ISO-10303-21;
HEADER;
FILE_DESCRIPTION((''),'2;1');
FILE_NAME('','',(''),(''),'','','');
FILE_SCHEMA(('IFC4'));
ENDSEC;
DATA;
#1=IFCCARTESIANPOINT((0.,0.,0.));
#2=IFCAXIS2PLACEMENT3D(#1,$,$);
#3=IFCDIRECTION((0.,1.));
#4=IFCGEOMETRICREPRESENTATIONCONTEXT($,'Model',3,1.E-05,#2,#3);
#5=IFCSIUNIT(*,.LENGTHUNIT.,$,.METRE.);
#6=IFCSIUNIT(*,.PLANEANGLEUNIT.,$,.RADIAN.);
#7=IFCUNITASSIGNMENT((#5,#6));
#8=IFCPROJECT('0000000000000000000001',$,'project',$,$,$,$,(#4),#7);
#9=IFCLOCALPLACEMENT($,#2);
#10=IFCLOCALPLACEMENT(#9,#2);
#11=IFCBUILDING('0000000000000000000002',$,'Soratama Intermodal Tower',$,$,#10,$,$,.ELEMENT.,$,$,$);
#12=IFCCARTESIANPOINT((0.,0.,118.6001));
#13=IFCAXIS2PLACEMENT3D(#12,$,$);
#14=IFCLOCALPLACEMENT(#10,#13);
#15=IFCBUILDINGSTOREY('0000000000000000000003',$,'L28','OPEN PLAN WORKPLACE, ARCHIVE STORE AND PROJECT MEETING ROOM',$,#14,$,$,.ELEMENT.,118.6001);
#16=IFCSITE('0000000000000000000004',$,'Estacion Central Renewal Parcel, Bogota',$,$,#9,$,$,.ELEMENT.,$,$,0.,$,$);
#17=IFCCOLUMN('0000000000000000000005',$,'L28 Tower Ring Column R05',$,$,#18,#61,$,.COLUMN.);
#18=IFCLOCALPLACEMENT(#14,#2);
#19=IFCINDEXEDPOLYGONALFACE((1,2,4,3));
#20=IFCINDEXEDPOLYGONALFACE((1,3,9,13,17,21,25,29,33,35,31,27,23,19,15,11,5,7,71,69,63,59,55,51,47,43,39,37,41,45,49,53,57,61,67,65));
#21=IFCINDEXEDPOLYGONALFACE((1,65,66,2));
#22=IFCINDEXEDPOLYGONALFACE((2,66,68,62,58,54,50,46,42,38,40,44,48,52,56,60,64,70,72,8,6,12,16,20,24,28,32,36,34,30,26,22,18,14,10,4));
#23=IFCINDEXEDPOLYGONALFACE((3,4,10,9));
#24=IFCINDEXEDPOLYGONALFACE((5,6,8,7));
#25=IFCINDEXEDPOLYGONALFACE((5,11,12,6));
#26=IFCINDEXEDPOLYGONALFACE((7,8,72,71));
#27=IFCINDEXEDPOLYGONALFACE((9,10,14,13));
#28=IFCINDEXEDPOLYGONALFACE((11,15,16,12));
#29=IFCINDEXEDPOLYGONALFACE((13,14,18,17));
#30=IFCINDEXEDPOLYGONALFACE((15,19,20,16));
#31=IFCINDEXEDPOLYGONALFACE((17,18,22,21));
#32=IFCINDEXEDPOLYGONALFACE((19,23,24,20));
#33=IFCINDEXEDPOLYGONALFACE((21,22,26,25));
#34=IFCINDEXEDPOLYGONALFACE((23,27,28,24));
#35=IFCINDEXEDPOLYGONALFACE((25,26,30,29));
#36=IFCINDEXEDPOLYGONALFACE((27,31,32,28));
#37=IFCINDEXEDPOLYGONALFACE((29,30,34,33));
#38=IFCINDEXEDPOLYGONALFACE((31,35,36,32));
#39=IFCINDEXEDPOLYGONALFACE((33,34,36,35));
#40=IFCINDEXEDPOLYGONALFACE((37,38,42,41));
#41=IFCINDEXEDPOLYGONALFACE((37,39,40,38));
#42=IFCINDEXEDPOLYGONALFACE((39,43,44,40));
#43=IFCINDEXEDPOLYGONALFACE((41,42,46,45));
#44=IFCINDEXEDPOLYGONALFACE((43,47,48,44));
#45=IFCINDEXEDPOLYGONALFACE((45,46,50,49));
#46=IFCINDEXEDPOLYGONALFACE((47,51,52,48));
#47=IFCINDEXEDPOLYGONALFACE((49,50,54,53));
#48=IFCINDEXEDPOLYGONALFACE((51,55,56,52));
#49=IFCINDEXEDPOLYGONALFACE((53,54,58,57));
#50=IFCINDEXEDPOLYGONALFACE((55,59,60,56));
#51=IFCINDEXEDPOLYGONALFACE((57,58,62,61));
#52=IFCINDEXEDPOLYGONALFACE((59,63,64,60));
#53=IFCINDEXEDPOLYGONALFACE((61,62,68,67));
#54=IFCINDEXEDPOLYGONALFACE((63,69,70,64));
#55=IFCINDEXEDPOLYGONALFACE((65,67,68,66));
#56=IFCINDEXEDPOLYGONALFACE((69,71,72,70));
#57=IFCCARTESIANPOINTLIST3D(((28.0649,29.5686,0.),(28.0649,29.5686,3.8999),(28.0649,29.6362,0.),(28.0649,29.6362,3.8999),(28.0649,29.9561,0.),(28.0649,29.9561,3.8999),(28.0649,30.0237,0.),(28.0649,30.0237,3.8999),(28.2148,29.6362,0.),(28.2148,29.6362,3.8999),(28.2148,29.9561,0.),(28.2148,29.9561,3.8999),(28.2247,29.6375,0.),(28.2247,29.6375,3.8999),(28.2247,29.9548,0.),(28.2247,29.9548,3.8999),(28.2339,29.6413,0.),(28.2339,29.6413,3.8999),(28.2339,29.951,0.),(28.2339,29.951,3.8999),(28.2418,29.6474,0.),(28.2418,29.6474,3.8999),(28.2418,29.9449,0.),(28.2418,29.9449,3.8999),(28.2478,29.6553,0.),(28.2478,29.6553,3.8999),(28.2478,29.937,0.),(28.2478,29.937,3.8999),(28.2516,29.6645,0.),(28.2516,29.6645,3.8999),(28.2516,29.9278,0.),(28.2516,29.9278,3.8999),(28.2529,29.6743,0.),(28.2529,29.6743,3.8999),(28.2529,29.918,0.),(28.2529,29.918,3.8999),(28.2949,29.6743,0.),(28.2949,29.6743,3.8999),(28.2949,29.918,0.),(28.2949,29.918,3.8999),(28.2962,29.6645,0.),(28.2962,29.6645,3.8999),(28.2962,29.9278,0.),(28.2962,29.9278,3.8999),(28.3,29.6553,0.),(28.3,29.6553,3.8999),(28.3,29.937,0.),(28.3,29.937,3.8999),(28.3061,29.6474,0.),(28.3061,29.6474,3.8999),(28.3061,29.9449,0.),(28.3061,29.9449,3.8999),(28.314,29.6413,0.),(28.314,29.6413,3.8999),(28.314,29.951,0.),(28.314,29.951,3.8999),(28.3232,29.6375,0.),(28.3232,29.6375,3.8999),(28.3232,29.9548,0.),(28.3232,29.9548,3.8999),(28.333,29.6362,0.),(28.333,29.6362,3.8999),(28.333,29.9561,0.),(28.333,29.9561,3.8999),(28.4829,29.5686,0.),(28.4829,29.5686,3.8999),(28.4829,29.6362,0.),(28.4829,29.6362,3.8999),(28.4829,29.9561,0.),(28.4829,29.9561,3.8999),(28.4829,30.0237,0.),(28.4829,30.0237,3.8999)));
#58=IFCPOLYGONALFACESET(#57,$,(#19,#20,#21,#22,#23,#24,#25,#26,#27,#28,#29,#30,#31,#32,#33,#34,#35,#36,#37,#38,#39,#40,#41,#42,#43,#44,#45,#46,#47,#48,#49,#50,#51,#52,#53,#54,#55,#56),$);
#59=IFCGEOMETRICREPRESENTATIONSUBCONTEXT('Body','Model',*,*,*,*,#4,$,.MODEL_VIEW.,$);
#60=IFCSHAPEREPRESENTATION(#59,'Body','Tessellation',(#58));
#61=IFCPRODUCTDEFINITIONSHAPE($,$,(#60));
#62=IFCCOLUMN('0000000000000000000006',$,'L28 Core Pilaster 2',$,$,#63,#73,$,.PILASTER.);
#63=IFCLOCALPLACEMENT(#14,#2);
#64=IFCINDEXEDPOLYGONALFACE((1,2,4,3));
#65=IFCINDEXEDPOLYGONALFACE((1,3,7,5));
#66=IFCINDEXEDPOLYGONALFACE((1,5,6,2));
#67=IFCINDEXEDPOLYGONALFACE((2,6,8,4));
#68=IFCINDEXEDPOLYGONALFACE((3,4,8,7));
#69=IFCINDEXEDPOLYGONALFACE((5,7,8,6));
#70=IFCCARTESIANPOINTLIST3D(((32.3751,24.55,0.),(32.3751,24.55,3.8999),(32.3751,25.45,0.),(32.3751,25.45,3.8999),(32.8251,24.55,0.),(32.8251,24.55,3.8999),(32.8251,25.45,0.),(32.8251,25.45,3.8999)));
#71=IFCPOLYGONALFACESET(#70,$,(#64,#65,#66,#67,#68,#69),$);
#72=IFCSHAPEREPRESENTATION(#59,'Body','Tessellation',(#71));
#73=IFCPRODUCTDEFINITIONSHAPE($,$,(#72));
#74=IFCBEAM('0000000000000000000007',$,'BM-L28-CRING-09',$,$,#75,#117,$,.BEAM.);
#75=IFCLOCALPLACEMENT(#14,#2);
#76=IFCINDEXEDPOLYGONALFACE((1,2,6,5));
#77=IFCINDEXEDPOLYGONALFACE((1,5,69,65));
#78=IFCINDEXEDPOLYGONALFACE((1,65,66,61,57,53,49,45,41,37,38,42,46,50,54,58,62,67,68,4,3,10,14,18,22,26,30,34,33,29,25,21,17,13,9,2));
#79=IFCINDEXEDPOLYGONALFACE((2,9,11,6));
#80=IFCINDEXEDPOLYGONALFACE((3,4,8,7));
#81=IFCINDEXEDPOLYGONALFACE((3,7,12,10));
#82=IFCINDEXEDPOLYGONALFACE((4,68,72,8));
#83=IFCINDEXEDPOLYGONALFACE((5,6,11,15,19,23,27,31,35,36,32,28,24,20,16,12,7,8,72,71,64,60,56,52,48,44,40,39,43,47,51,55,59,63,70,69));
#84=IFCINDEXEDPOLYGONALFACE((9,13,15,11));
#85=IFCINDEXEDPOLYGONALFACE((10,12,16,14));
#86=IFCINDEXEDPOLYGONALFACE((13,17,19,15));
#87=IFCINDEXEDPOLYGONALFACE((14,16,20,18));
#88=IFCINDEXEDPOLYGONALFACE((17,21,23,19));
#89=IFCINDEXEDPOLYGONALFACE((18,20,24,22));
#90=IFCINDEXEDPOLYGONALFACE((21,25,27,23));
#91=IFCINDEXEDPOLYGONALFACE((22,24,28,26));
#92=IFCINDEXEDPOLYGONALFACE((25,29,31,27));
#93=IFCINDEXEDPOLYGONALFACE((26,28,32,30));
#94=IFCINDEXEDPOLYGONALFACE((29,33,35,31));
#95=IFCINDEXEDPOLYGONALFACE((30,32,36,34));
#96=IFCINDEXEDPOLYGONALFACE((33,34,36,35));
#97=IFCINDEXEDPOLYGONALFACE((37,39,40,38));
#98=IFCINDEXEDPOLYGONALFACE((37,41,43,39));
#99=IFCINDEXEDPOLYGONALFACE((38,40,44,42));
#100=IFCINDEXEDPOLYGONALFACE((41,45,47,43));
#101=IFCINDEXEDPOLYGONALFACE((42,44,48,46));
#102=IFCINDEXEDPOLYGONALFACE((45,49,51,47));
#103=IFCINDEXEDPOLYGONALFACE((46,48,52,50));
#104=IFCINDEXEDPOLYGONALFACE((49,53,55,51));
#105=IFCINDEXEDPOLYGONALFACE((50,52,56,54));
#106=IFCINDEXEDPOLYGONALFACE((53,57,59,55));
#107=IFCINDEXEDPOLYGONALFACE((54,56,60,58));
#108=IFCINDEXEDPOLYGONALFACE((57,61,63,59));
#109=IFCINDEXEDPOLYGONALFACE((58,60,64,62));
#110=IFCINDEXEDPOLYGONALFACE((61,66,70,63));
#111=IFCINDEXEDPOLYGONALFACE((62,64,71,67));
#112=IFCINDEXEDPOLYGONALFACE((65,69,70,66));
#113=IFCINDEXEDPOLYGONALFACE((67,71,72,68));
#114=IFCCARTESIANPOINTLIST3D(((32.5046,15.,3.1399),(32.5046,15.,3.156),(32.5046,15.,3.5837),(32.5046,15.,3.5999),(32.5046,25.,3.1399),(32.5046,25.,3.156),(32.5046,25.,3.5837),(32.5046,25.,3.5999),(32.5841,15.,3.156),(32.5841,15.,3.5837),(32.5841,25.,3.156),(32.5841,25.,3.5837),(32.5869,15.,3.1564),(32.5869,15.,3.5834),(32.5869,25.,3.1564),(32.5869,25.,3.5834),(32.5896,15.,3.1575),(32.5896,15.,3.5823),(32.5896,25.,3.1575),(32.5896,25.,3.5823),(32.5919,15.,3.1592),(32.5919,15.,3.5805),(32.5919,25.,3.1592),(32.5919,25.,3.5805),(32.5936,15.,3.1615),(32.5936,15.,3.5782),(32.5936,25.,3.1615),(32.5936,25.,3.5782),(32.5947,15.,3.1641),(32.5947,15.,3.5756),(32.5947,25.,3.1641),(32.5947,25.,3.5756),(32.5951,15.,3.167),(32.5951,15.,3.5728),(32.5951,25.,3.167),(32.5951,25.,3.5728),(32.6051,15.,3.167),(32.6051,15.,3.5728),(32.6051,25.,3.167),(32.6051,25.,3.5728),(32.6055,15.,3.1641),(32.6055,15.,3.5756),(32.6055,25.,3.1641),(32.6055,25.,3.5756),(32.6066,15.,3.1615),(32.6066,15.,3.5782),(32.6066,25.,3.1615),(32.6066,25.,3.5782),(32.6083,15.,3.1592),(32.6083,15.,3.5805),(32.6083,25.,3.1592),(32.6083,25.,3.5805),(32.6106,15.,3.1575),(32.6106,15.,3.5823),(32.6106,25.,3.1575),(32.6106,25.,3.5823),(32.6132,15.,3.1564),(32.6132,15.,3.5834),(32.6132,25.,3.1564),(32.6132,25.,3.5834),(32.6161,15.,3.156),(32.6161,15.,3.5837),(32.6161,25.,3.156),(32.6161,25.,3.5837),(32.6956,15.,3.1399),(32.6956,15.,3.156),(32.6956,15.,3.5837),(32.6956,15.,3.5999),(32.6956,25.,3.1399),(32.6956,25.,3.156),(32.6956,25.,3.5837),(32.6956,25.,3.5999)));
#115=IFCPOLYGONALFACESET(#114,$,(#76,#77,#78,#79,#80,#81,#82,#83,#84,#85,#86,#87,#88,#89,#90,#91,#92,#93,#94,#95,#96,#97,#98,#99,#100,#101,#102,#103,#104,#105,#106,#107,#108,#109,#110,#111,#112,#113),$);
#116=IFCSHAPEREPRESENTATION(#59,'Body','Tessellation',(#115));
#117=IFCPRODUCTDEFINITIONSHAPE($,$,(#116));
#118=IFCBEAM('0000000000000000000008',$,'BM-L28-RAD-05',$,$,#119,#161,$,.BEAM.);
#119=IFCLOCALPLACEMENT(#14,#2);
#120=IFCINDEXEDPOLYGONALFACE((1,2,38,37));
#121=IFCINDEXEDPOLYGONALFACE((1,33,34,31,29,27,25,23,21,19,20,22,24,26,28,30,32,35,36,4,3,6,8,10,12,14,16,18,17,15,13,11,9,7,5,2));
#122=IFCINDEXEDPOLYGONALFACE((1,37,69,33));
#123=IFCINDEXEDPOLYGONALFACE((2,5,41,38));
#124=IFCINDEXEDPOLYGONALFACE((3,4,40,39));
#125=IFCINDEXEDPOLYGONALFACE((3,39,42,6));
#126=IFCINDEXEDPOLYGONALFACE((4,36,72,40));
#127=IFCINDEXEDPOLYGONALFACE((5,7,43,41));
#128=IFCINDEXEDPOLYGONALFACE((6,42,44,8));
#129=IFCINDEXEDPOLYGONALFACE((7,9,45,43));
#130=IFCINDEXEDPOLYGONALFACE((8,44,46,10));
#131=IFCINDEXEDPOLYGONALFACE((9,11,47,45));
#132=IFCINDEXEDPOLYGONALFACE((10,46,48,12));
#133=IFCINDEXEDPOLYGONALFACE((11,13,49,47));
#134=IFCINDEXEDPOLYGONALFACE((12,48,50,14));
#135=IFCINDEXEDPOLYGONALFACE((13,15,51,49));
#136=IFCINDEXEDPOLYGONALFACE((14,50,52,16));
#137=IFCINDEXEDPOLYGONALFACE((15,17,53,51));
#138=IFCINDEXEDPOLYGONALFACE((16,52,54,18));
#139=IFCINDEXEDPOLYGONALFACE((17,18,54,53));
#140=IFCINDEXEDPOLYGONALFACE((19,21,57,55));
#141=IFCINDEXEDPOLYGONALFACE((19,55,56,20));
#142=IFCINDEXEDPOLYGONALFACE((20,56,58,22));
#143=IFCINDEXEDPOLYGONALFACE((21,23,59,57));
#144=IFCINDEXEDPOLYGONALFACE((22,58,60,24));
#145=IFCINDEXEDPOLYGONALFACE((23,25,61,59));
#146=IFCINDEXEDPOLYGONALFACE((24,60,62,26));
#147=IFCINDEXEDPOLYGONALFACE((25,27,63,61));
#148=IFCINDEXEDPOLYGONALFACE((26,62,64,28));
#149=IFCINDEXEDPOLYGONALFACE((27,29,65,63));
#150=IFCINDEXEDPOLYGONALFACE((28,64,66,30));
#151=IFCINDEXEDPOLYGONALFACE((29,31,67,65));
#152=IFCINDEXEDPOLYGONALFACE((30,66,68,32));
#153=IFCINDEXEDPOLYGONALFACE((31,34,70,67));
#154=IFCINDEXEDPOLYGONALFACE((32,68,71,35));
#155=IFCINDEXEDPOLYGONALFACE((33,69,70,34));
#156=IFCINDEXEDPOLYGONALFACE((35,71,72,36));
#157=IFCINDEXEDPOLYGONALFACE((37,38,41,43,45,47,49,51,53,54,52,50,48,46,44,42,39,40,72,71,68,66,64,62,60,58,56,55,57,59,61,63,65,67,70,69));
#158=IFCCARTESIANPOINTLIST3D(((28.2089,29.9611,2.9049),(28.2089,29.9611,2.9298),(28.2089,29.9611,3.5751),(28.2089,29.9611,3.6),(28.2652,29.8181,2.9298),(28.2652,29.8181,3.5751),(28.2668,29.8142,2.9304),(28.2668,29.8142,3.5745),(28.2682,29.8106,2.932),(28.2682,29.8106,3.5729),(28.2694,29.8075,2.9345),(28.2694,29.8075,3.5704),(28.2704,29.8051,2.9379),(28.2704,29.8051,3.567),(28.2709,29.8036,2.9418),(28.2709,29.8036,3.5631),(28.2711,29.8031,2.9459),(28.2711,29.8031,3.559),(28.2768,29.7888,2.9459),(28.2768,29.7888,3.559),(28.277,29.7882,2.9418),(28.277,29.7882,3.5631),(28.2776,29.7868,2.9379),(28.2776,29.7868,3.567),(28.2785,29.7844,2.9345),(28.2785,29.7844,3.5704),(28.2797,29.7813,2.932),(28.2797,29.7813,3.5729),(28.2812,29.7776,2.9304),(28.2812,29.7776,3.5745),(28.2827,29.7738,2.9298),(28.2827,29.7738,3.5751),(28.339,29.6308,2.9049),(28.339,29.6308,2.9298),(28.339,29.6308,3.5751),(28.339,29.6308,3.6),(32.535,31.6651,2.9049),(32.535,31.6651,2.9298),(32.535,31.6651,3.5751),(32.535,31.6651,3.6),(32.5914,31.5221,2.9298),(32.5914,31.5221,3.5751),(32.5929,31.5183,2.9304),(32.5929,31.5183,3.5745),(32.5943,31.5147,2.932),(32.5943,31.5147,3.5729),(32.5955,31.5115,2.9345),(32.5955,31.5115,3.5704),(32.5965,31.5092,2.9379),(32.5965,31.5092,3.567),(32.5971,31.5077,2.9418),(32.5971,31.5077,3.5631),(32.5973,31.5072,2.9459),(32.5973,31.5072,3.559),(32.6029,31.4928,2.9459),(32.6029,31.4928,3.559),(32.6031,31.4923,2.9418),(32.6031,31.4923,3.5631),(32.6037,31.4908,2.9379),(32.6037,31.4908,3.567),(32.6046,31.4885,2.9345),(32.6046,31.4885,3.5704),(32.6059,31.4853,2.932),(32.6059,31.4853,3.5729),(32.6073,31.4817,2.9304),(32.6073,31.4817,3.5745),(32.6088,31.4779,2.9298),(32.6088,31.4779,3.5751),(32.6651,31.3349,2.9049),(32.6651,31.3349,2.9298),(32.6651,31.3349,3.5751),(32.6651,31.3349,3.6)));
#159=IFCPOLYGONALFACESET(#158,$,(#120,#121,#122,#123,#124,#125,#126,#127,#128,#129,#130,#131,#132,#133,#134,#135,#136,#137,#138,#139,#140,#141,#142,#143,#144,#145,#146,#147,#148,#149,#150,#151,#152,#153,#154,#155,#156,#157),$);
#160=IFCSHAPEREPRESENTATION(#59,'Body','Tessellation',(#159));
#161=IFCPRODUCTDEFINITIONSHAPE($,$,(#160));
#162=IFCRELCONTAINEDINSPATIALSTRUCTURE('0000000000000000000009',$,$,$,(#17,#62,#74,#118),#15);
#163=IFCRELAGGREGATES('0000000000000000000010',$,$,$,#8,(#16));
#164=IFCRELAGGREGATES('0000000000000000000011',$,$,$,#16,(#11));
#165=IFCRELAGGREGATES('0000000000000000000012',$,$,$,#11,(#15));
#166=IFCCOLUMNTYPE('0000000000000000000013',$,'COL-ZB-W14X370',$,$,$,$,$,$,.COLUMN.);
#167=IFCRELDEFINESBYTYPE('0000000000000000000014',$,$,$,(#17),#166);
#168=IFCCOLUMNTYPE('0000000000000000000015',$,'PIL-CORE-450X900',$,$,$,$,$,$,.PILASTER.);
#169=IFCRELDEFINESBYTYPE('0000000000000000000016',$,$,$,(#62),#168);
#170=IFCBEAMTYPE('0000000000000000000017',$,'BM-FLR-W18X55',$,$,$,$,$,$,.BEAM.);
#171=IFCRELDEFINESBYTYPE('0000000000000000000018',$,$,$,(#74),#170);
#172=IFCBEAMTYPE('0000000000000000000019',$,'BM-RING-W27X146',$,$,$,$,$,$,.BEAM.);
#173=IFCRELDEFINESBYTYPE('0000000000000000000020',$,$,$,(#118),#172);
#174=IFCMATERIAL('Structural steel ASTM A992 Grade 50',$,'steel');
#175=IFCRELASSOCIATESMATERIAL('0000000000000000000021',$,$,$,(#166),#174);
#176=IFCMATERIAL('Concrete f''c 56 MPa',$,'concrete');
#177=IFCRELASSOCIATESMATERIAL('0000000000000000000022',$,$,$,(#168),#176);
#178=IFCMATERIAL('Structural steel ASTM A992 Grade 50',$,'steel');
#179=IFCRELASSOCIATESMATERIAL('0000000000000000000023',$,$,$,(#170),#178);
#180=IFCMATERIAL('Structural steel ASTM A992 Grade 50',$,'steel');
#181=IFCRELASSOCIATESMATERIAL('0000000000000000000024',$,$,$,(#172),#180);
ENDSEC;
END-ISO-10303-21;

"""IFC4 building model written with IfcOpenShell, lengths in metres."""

from ifc_helpers import new_model, si_unit, direction, frame, origin, origin_2d, place, context, subcontext, project, spatial, rectangle, i_section, extrude, material, material_profile, profile_set, type_object, element, save


model = new_model("IFC4")

# Units and contexts
model_context = context("Model", 3, precision=1e-05, world=origin(), true_north=direction((0.0, 1.0)))
body_context = subcontext(model_context, "Body", "Model", "MODEL_VIEW")
ifc_project = project(units=[si_unit("LENGTHUNIT", "METRE"), si_unit("PLANEANGLEUNIT", "RADIAN")], contexts=[model_context])

# Site, building, storey
site_placement = place(None, origin())
site = spatial("IfcSite", under=ifc_project, at=site_placement, Name="Estacion Central Renewal Parcel, Bogota", CompositionType="ELEMENT", RefElevation=0.0)
building_placement = place(site_placement, origin())
building = spatial("IfcBuilding", under=site, at=building_placement, Name="Soratama Intermodal Tower", CompositionType="ELEMENT")
storey_placement = place(building_placement, frame((0.0, 0.0, 118.6001)))
storey = spatial("IfcBuildingStorey", under=building, at=storey_placement, Name="L28", Description="OPEN PLAN WORKPLACE, ARCHIVE STORE AND PROJECT MEETING ROOM", CompositionType="ELEMENT", Elevation=118.6001)

# Columns
ifc_material_1 = material(Name="Structural steel ASTM A992 Grade 50", Category="steel")
ifc_material_profile_1 = material_profile(ifc_material_1, i_section(OverallWidth=0.418, OverallDepth=0.4551, WebThickness=0.042, FlangeThickness=0.0676, FilletRadius=0.0381, at=origin_2d()), Name="W14X370")
ifc_profile_set_1 = profile_set([ifc_material_profile_1], Name="Structural steel ASTM A992 Grade 50")
column_type_1 = type_object("IfcColumnType", Name="COL-ZB-W14X370", PredefinedType="COLUMN", material=ifc_profile_set_1)
column_1_placement = place(storey_placement, frame((28.2739, 29.7961, 0.0), z_axis=(0.0, 0.0, 1.0), x_axis=(1.0, 0.0, 0.0)))
element("IfcColumn", 1, at=column_1_placement, inside=storey, type_object=column_type_1, Name="L28 Tower Ring Column R05", PredefinedType="COLUMN", context=body_context, shape_type="SweptSolid", body=[
    extrude(i_section(OverallWidth=0.418, OverallDepth=0.4551, WebThickness=0.042, FlangeThickness=0.0676, FilletRadius=0.0381, at=origin_2d()), origin(), (0.0, 0.0, 1.0), 3.8999),
])
ifc_material_2 = material(Name="Concrete f'c 56 MPa", Category="concrete")
ifc_material_profile_2 = material_profile(ifc_material_2, rectangle(XDim=0.45, YDim=0.8999, at=origin_2d()), Name="RC450X900")
ifc_profile_set_2 = profile_set([ifc_material_profile_2], Name="Concrete f'c 56 MPa")
column_type_2 = type_object("IfcColumnType", Name="PIL-CORE-450X900", PredefinedType="PILASTER", material=ifc_profile_set_2)
column_2_placement = place(storey_placement, frame((32.6001, 25.0, 0.0), z_axis=(0.0, 0.0, 1.0), x_axis=(1.0, 0.0, 0.0)))
element("IfcColumn", 2, at=column_2_placement, inside=storey, type_object=column_type_2, Name="L28 Core Pilaster 2", PredefinedType="PILASTER", context=body_context, shape_type="SweptSolid", body=[
    extrude(rectangle(XDim=0.45, YDim=0.8999, at=origin_2d()), origin(), (0.0, 0.0, 1.0), 3.8999),
])

# Beams
ifc_material_3 = material(Name="Structural steel ASTM A992 Grade 50", Category="steel")
ifc_material_profile_3 = material_profile(ifc_material_3, i_section(OverallWidth=0.1909, OverallDepth=0.46, WebThickness=0.01, FlangeThickness=0.0161, FilletRadius=0.011, at=origin_2d()), Name="W18X55")
ifc_profile_set_3 = profile_set([ifc_material_profile_3], Name="Structural steel ASTM A992 Grade 50")
beam_type_1 = type_object("IfcBeamType", Name="BM-FLR-W18X55", PredefinedType="BEAM", material=ifc_profile_set_3)
beam_1_placement = place(storey_placement, frame((32.6001, 25.0, 3.3699), z_axis=(0.0, -1.0, 0.0), x_axis=(1.0, 0.0, 0.0)))
element("IfcBeam", 3, at=beam_1_placement, inside=storey, type_object=beam_type_1, Name="BM-L28-CRING-09", PredefinedType="BEAM", context=body_context, shape_type="SweptSolid", body=[
    extrude(i_section(OverallWidth=0.1909, OverallDepth=0.46, WebThickness=0.01, FlangeThickness=0.0161, FilletRadius=0.011, at=origin_2d()), origin(), (0.0, 0.0, 1.0), 10.0),
])
ifc_material_4 = material(Name="Structural steel ASTM A992 Grade 50", Category="steel")
ifc_material_profile_4 = material_profile(ifc_material_4, i_section(OverallWidth=0.355, OverallDepth=0.6951, WebThickness=0.0154, FlangeThickness=0.0249, FilletRadius=0.0161, at=origin_2d()), Name="W27X146")
ifc_profile_set_4 = profile_set([ifc_material_profile_4], Name="Structural steel ASTM A992 Grade 50")
beam_type_2 = type_object("IfcBeamType", Name="BM-RING-W27X146", PredefinedType="BEAM", material=ifc_profile_set_4)
beam_2_placement = place(storey_placement, frame((32.6001, 31.5, 3.2524), z_axis=(-0.930419, -0.366497, 0.0), x_axis=(0.366497, -0.930419, 0.0)))
element("IfcBeam", 4, at=beam_2_placement, inside=storey, type_object=beam_type_2, Name="BM-L28-RAD-05", PredefinedType="BEAM", context=body_context, shape_type="SweptSolid", body=[
    extrude(i_section(OverallWidth=0.355, OverallDepth=0.6951, WebThickness=0.0154, FlangeThickness=0.0249, FilletRadius=0.0161, at=origin_2d()), origin(), (0.0, 0.0, 1.0), 4.6497),
])

save(model, "model.ifc")
